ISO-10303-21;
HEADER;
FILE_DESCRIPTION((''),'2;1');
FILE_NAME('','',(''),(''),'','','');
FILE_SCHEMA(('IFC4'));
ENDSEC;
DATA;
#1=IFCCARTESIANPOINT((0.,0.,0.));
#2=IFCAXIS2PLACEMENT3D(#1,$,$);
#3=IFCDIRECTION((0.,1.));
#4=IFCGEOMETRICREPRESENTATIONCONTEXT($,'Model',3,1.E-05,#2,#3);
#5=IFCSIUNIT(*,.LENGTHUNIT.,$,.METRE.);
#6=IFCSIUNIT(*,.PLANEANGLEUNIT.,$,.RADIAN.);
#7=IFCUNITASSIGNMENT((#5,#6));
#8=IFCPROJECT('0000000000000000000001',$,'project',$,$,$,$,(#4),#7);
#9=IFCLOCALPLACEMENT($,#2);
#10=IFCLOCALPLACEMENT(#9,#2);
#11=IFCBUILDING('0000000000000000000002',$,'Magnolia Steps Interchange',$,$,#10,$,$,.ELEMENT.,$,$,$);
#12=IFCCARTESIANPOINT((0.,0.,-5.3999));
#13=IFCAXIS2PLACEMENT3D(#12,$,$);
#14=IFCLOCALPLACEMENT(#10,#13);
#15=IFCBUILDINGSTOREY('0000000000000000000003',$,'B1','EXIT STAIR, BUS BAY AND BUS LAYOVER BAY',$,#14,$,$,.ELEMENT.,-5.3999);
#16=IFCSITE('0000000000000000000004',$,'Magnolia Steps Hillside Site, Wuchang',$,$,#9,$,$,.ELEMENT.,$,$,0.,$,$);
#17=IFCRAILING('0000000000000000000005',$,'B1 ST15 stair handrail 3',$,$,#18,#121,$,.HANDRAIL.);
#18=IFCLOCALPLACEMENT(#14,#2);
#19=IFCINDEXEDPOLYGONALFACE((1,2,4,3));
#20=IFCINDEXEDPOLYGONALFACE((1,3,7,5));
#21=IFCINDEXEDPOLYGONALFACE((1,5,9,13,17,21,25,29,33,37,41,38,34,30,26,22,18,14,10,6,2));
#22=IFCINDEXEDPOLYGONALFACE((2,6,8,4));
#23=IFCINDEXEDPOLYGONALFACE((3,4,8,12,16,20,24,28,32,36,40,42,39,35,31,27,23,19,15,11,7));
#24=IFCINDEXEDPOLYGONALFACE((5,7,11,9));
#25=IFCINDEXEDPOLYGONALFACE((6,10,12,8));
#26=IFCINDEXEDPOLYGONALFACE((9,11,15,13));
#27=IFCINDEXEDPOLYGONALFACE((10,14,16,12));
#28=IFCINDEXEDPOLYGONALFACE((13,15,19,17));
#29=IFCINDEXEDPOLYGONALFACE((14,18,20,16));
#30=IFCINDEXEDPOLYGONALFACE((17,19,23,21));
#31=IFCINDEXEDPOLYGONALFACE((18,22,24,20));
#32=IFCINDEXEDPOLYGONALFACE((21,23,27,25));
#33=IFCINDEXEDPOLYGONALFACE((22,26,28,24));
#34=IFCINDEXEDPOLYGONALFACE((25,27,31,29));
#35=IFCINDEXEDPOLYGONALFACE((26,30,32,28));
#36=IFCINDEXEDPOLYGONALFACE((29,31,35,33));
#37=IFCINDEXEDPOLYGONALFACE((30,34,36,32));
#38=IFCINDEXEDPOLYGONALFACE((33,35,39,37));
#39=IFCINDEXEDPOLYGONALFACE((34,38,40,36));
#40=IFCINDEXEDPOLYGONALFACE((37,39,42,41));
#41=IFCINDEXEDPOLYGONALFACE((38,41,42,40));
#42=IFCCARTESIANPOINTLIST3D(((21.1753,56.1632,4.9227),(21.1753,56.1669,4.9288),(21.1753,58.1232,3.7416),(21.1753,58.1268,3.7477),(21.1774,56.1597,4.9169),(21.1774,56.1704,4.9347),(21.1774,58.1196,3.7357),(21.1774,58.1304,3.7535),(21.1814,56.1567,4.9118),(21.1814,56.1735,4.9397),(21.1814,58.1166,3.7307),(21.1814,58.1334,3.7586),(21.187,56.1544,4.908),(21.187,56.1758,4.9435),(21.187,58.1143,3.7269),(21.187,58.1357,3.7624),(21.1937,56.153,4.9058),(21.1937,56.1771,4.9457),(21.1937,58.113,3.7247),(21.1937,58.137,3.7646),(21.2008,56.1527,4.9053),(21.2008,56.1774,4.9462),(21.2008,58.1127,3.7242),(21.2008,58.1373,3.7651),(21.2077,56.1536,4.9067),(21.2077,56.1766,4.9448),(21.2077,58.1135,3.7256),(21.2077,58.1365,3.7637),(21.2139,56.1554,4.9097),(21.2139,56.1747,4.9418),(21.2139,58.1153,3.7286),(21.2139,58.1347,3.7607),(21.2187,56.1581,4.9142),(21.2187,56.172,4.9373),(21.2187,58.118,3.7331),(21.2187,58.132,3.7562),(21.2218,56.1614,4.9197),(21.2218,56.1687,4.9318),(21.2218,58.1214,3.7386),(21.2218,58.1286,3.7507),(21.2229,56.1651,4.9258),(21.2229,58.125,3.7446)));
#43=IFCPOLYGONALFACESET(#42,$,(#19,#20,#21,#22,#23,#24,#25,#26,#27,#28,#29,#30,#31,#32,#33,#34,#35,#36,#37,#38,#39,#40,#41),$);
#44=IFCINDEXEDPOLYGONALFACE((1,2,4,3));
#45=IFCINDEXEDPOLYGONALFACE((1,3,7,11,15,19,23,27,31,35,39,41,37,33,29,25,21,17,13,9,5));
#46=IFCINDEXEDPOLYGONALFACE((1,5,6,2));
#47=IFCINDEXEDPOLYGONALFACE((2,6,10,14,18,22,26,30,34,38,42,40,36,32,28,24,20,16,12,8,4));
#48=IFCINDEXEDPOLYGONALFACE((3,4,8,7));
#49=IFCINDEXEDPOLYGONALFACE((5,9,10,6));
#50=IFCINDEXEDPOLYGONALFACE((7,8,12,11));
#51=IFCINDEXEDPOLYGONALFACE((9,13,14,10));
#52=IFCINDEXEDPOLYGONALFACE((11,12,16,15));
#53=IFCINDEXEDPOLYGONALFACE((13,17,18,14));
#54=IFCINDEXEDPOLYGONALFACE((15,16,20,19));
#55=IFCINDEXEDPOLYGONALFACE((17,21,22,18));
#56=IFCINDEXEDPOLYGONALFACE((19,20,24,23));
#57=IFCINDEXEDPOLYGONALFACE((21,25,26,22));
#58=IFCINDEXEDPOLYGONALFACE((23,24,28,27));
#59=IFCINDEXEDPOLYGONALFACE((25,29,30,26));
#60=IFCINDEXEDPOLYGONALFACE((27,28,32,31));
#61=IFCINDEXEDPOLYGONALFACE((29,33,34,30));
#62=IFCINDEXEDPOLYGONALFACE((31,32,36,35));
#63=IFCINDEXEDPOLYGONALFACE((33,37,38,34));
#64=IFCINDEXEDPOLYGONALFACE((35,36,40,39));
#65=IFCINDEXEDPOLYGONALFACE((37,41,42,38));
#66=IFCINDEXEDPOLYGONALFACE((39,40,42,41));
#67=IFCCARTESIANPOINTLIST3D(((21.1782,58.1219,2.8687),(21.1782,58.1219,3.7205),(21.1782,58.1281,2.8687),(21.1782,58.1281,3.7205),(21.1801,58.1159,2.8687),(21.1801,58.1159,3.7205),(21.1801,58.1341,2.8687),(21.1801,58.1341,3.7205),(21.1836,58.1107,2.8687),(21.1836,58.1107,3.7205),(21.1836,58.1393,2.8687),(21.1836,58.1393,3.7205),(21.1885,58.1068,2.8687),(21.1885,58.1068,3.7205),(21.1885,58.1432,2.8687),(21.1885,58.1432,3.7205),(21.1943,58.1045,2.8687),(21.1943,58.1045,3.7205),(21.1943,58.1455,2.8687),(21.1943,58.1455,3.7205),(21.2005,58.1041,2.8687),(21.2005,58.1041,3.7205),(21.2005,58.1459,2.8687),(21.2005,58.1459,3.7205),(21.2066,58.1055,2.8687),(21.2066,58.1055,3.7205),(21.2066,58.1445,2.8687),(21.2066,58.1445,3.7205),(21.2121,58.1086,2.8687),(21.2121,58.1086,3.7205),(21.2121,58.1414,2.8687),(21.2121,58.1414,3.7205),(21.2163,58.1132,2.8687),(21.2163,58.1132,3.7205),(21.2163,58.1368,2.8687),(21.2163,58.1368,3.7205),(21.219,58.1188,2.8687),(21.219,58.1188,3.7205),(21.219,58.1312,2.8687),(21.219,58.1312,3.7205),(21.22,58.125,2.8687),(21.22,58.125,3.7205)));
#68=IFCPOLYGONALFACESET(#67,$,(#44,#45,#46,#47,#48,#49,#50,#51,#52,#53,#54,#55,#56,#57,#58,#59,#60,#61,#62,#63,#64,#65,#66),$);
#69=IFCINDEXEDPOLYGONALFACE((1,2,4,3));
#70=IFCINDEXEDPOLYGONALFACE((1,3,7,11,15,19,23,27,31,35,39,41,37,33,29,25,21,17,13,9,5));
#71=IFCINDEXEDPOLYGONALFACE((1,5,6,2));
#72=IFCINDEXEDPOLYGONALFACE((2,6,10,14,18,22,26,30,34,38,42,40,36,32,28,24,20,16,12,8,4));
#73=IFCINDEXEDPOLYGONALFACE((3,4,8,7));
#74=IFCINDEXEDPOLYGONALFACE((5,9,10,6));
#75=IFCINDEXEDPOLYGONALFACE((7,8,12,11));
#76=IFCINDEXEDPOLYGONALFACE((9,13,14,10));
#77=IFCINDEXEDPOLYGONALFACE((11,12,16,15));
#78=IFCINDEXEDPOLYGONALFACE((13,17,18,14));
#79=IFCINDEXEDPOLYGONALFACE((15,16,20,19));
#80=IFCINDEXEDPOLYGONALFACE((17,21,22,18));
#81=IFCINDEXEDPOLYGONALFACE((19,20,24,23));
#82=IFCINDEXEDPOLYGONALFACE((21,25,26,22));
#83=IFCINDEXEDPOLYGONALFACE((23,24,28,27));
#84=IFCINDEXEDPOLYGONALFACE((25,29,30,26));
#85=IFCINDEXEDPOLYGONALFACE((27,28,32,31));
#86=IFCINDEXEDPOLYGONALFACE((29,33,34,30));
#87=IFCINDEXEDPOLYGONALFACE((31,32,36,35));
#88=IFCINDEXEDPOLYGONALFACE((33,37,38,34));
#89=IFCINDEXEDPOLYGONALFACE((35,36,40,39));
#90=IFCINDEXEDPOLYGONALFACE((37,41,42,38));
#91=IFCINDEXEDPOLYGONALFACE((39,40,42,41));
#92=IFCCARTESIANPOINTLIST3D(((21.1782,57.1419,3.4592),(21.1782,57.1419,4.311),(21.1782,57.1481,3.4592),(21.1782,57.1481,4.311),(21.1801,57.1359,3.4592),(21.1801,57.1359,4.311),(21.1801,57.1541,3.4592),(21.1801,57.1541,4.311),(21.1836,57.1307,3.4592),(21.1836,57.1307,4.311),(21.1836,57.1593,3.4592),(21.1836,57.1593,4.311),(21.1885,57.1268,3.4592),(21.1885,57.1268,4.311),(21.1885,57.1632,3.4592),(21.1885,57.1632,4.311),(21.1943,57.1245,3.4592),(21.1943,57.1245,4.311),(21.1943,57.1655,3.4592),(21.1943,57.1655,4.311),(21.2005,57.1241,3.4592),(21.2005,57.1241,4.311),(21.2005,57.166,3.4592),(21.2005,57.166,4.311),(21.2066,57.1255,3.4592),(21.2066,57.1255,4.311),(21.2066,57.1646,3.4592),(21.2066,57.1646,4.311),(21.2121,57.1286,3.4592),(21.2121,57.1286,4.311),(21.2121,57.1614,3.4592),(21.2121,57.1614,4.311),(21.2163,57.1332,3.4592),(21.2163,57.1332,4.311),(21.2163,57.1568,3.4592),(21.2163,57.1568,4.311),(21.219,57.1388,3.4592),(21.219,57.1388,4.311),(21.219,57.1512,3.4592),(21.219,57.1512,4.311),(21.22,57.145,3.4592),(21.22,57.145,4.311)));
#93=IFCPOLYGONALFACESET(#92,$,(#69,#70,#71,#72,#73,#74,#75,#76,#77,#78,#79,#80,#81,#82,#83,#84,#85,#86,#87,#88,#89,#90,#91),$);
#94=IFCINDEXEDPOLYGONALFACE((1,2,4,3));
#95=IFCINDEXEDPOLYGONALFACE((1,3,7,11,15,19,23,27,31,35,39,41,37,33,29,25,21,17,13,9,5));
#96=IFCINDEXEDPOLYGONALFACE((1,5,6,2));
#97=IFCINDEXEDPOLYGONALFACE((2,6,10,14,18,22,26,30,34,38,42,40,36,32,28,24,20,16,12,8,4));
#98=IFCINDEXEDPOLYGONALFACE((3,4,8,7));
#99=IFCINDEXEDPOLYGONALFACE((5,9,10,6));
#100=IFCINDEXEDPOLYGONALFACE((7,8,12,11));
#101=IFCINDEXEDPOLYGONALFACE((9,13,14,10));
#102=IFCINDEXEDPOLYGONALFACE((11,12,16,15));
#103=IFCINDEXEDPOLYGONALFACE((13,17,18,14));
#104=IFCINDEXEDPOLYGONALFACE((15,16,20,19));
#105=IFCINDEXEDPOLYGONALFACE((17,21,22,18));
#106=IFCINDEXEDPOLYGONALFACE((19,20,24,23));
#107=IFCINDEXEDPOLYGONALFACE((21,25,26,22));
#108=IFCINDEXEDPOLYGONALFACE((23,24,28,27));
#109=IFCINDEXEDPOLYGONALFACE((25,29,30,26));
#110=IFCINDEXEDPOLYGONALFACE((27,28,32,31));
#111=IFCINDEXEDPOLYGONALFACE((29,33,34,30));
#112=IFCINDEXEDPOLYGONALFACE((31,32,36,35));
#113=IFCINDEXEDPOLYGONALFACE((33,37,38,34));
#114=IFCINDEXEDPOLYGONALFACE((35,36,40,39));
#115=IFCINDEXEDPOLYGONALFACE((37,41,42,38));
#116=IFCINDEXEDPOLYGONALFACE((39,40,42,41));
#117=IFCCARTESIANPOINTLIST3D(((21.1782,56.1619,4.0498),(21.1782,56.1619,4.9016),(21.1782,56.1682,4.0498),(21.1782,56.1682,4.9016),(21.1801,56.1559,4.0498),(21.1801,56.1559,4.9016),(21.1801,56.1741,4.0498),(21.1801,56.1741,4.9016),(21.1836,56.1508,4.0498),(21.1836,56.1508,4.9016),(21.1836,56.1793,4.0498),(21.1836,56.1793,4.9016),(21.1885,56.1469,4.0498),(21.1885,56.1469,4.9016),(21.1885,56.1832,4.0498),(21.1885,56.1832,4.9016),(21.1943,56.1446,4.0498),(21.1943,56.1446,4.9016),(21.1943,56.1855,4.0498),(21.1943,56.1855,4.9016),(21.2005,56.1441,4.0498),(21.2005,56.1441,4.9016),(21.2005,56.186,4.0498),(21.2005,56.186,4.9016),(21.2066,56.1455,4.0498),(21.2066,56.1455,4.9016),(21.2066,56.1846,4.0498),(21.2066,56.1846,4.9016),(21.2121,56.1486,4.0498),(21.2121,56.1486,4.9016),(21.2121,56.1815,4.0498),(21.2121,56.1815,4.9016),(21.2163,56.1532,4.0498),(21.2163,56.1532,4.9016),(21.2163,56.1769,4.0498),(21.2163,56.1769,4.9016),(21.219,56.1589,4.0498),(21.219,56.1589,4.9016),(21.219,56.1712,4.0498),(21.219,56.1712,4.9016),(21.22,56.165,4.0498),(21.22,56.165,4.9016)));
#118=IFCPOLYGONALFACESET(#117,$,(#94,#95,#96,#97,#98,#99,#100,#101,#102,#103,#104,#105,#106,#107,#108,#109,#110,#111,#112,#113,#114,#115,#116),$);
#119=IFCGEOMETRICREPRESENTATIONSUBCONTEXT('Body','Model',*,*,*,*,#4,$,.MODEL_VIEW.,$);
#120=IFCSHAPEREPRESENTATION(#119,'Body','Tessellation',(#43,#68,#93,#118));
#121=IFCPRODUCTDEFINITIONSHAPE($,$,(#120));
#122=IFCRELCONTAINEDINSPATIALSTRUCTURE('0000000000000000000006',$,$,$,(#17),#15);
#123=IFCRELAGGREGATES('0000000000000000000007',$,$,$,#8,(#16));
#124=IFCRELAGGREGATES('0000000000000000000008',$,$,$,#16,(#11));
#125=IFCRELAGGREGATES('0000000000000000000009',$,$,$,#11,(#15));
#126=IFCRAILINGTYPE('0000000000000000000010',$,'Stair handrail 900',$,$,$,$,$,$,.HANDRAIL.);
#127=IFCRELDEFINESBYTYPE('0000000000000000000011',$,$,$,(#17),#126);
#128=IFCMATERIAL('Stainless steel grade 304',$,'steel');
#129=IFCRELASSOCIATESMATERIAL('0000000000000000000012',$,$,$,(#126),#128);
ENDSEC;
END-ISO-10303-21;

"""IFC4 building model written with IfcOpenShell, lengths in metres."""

from ifc_helpers import new_model, si_unit, direction, frame, origin, origin_2d, place, context, subcontext, project, spatial, circle, extrude, material, type_object, element, save


model = new_model("IFC4")

# Units and contexts
model_context = context("Model", 3, precision=1e-05, world=origin(), true_north=direction((0.0, 1.0)))
body_context = subcontext(model_context, "Body", "Model", "MODEL_VIEW")
ifc_project = project(units=[si_unit("LENGTHUNIT", "METRE"), si_unit("PLANEANGLEUNIT", "RADIAN")], contexts=[model_context])

# Site, building, storey
site_placement = place(None, origin())
site = spatial("IfcSite", under=ifc_project, at=site_placement, Name="Magnolia Steps Hillside Site, Wuchang", CompositionType="ELEMENT", RefElevation=0.0)
building_placement = place(site_placement, origin())
building = spatial("IfcBuilding", under=site, at=building_placement, Name="Magnolia Steps Interchange", CompositionType="ELEMENT")
storey_placement = place(building_placement, frame((0.0, 0.0, -5.3999)))
storey = spatial("IfcBuildingStorey", under=building, at=storey_placement, Name="B1", Description="EXIT STAIR, BUS BAY AND BUS LAYOVER BAY", CompositionType="ELEMENT", Elevation=-5.3999)

# Railing
ifc_material_1 = material(Name="Stainless steel grade 304", Category="steel")
railing_type_1 = type_object("IfcRailingType", Name="Stair handrail 900", PredefinedType="HANDRAIL", material=ifc_material_1)
railing_1_placement = place(storey_placement, frame((21.199, 58.125, 2.8687)))
element("IfcRailing", 1, at=railing_1_placement, inside=storey, type_object=railing_type_1, Name="B1 ST15 stair handrail 3", PredefinedType="HANDRAIL", context=body_context, shape_type="SweptSolid", body=[
    extrude(circle(Radius=0.0239, at=origin_2d()), frame((0.0, 0.0, 0.876), z_axis=(0.0, -0.856493, 0.516158), x_axis=(1.0, 0.0, 0.0)), (0.0, 0.0, 1.0), 2.2883),
    extrude(circle(Radius=0.021, at=origin_2d()), origin(), (0.0, 0.0, 1.0), 0.8518),
    extrude(circle(Radius=0.021, at=origin_2d()), frame((0.0, -0.98, 0.5906)), (0.0, 0.0, 1.0), 0.8518),
    extrude(circle(Radius=0.021, at=origin_2d()), frame((0.0, -1.96, 1.1812)), (0.0, 0.0, 1.0), 0.8518),
])

save(model, "model.ifc")
